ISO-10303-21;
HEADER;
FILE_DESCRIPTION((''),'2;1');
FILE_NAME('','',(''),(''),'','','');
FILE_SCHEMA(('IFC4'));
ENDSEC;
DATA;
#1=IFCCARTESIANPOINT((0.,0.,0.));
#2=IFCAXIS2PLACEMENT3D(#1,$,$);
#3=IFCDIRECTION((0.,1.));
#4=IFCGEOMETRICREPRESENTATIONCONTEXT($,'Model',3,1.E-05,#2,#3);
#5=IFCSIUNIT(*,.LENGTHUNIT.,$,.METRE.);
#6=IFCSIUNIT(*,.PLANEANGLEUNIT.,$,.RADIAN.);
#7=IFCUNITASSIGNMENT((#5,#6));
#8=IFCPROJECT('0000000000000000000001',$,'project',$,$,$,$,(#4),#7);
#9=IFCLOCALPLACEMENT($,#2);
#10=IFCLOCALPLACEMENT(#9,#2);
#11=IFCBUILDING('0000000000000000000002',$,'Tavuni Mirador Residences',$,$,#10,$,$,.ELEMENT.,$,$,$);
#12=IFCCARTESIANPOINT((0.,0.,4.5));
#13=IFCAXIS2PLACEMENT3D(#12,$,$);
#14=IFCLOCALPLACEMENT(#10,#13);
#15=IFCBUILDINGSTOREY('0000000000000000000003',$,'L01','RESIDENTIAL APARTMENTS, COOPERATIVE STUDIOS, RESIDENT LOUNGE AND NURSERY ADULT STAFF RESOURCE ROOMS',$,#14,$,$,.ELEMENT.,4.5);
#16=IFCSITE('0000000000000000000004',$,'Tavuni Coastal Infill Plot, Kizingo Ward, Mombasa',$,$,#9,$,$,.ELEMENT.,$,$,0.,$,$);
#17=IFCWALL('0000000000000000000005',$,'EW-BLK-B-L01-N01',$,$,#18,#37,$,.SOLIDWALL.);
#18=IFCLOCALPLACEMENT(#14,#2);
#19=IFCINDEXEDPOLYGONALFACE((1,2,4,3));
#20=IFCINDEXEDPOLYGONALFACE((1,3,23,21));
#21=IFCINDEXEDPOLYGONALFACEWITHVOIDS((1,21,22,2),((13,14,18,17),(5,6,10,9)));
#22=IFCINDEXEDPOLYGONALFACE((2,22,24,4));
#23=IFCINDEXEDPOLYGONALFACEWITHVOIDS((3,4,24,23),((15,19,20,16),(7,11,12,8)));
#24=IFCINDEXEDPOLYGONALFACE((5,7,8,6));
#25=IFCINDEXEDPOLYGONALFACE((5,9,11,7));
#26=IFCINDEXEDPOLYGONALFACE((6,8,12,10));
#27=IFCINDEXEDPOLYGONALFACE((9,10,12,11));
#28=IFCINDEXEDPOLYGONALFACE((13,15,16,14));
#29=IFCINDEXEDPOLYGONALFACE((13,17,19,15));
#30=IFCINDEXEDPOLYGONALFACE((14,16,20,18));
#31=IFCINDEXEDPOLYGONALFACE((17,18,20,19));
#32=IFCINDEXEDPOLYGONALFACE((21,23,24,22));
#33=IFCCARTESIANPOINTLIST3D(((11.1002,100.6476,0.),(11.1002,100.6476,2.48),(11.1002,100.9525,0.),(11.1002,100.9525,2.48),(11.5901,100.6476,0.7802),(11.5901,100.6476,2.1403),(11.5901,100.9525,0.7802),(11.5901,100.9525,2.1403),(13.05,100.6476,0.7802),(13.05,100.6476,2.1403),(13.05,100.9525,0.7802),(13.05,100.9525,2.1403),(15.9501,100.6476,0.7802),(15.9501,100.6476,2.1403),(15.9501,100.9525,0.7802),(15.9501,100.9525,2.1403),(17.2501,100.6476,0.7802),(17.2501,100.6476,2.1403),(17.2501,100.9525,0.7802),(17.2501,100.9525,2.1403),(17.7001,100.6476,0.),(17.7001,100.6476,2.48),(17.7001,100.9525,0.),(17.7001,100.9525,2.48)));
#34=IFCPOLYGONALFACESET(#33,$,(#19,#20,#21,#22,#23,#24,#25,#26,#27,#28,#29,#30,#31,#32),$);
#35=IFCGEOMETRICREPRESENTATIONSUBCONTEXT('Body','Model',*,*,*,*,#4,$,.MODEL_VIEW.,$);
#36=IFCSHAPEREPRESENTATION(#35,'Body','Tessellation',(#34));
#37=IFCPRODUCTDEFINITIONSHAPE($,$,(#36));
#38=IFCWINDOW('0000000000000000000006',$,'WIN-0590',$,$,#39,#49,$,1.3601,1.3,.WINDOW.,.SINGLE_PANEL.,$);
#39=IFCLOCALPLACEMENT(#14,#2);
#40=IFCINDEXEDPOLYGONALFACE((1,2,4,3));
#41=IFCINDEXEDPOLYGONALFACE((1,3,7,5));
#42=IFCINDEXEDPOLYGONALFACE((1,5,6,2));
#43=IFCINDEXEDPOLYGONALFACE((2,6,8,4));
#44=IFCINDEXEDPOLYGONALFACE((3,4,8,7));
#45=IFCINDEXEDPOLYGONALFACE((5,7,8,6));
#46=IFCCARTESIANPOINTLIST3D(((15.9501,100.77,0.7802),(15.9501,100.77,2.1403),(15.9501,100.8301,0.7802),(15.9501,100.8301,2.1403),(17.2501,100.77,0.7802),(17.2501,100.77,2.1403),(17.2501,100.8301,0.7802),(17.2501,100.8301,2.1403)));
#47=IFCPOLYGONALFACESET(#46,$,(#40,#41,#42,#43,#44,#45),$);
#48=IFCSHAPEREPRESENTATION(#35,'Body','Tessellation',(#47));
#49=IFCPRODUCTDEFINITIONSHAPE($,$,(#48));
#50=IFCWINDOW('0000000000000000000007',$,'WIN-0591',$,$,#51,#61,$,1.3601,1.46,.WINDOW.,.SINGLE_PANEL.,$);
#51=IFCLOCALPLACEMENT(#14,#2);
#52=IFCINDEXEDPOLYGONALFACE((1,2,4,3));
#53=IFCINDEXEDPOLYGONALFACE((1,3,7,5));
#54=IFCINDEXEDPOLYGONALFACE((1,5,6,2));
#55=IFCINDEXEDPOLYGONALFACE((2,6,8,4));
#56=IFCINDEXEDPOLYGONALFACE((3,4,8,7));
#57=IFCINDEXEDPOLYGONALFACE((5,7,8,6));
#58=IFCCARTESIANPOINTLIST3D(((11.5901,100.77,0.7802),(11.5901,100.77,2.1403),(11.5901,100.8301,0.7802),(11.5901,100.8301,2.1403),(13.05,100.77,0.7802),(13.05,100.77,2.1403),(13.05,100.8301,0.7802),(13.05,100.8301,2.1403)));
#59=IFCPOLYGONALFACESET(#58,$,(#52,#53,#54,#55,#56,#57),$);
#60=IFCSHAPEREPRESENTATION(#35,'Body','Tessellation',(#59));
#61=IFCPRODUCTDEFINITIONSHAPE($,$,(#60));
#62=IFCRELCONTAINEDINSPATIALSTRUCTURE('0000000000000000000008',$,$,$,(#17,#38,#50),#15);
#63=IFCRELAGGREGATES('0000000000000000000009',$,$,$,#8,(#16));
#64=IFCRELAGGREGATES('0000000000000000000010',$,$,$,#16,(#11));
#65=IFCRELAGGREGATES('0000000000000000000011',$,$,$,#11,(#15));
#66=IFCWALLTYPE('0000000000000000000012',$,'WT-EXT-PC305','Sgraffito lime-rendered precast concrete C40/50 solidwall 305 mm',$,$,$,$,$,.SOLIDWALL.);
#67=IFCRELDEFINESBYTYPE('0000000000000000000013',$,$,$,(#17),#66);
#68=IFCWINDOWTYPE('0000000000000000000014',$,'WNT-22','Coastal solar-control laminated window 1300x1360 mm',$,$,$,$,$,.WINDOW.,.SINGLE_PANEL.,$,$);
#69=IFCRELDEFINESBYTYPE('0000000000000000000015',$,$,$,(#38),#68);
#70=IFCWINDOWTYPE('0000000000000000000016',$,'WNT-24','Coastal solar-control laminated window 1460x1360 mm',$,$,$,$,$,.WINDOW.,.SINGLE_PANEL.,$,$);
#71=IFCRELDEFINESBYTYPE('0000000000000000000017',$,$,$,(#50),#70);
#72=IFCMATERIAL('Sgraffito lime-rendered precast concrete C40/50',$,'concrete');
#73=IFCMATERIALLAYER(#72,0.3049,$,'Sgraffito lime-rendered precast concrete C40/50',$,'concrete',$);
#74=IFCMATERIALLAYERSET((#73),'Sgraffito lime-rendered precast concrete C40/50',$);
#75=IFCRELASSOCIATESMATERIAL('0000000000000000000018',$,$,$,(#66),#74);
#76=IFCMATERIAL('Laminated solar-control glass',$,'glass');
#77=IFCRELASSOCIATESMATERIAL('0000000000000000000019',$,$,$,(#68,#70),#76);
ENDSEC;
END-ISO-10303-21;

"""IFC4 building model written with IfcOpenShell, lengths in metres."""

from ifc_helpers import new_model, si_unit, direction, frame, frame_2d, origin, place, context, subcontext, project, spatial, rectangle, extrude, material, layer, layer_set, type_object, element, fill, save


model = new_model("IFC4")

# Units and contexts
model_context = context("Model", 3, precision=1e-05, world=origin(), true_north=direction((0.0, 1.0)))
body_context = subcontext(model_context, "Body", "Model", "MODEL_VIEW")
ifc_project = project(units=[si_unit("LENGTHUNIT", "METRE"), si_unit("PLANEANGLEUNIT", "RADIAN")], contexts=[model_context])

# Site, building, storey
site_placement = place(None, origin())
site = spatial("IfcSite", under=ifc_project, at=site_placement, Name="Tavuni Coastal Infill Plot, Kizingo Ward, Mombasa", CompositionType="ELEMENT", RefElevation=0.0)
building_placement = place(site_placement, origin())
building = spatial("IfcBuilding", under=site, at=building_placement, Name="Tavuni Mirador Residences", CompositionType="ELEMENT")
storey_placement = place(building_placement, frame((0.0, 0.0, 4.5)))
storey = spatial("IfcBuildingStorey", under=building, at=storey_placement, Name="L01", Description="RESIDENTIAL APARTMENTS, COOPERATIVE STUDIOS, RESIDENT LOUNGE AND NURSERY ADULT STAFF RESOURCE ROOMS", CompositionType="ELEMENT", Elevation=4.5)

# Wall, openings, windows
ifc_material_1 = material(Name="Sgraffito lime-rendered precast concrete C40/50", Category="concrete")
ifc_material_2 = material(Name="Laminated solar-control glass", Category="glass")
ifc_layer_1 = layer(ifc_material_1, 0.3049, Name="Sgraffito lime-rendered precast concrete C40/50", Category="concrete")
ifc_layer_set_1 = layer_set([ifc_layer_1], Name="Sgraffito lime-rendered precast concrete C40/50")
wall_type_1 = type_object("IfcWallType", Name="WT-EXT-PC305", Description="Sgraffito lime-rendered precast concrete C40/50 solidwall 305 mm", PredefinedType="SOLIDWALL", material=ifc_layer_set_1)
wall_1_placement = place(storey_placement, frame((17.7, 100.8, 0.0), z_axis=(0.0, 0.0, 1.0), x_axis=(-1.0, 0.0, 0.0)))
wall_1 = element("IfcWall", 1, at=wall_1_placement, inside=storey, type_object=wall_type_1, Name="EW-BLK-B-L01-N01", PredefinedType="SOLIDWALL", context=body_context, shape_type="SweptSolid", body=[
    extrude(rectangle(XDim=6.5999, YDim=0.3049, at=frame_2d((3.2998, 0.0))), origin(), (0.0, 0.0, 1.0), 2.48),
])
opening_1_placement = place(wall_1_placement, frame((0.45, 0.0, 0.78)))
opening_1 = element("IfcOpeningElement", 2, at=opening_1_placement, cuts=wall_1, PredefinedType="OPENING", context=body_context, shape_type="SweptSolid", body=[
    extrude(rectangle(XDim=1.3, YDim=1.3601, at=frame_2d((0.6499, 0.6802))), frame((0.0, 0.1626, 0.0), z_axis=(0.0, -1.0, 0.0), x_axis=(1.0, 0.0, 0.0)), (0.0, 0.0, 1.0), 0.325),
])
opening_2_placement = place(wall_1_placement, frame((4.6499, 0.0, 0.78)))
opening_2 = element("IfcOpeningElement", 3, at=opening_2_placement, cuts=wall_1, PredefinedType="OPENING", context=body_context, shape_type="SweptSolid", body=[
    extrude(rectangle(XDim=1.46, YDim=1.3601, at=frame_2d((0.73, 0.6802))), frame((0.0, 0.1626, 0.0), z_axis=(0.0, -1.0, 0.0), x_axis=(1.0, 0.0, 0.0)), (0.0, 0.0, 1.0), 0.325),
])
window_type_1 = type_object("IfcWindowType", Name="WNT-22", Description="Coastal solar-control laminated window 1300x1360 mm", PartitioningType="SINGLE_PANEL", PredefinedType="WINDOW", material=ifc_material_2)
window_1_placement = place(opening_1_placement, origin())
window_1 = element("IfcWindow", 4, at=window_1_placement, inside=storey, type_object=window_type_1, Name="WIN-0590", OverallHeight=1.3601, OverallWidth=1.3, PartitioningType="SINGLE_PANEL", PredefinedType="WINDOW", context=body_context, shape_type="SweptSolid", body=[
    extrude(rectangle(XDim=1.3, YDim=1.3601, at=frame_2d((0.6499, 0.6802))), frame((0.0, 0.03, 0.0), z_axis=(0.0, -1.0, 0.0), x_axis=(1.0, 0.0, 0.0)), (0.0, 0.0, 1.0), 0.0601),
])
fill(opening_1, window_1)
window_type_2 = type_object("IfcWindowType", Name="WNT-24", Description="Coastal solar-control laminated window 1460x1360 mm", PartitioningType="SINGLE_PANEL", PredefinedType="WINDOW", material=ifc_material_2)
window_2_placement = place(opening_2_placement, origin())
window_2 = element("IfcWindow", 5, at=window_2_placement, inside=storey, type_object=window_type_2, Name="WIN-0591", OverallHeight=1.3601, OverallWidth=1.46, PartitioningType="SINGLE_PANEL", PredefinedType="WINDOW", context=body_context, shape_type="SweptSolid", body=[
    extrude(rectangle(XDim=1.46, YDim=1.3601, at=frame_2d((0.73, 0.6802))), frame((0.0, 0.03, 0.0), z_axis=(0.0, -1.0, 0.0), x_axis=(1.0, 0.0, 0.0)), (0.0, 0.0, 1.0), 0.0601),
])
fill(opening_2, window_2)

save(model, "model.ifc")
